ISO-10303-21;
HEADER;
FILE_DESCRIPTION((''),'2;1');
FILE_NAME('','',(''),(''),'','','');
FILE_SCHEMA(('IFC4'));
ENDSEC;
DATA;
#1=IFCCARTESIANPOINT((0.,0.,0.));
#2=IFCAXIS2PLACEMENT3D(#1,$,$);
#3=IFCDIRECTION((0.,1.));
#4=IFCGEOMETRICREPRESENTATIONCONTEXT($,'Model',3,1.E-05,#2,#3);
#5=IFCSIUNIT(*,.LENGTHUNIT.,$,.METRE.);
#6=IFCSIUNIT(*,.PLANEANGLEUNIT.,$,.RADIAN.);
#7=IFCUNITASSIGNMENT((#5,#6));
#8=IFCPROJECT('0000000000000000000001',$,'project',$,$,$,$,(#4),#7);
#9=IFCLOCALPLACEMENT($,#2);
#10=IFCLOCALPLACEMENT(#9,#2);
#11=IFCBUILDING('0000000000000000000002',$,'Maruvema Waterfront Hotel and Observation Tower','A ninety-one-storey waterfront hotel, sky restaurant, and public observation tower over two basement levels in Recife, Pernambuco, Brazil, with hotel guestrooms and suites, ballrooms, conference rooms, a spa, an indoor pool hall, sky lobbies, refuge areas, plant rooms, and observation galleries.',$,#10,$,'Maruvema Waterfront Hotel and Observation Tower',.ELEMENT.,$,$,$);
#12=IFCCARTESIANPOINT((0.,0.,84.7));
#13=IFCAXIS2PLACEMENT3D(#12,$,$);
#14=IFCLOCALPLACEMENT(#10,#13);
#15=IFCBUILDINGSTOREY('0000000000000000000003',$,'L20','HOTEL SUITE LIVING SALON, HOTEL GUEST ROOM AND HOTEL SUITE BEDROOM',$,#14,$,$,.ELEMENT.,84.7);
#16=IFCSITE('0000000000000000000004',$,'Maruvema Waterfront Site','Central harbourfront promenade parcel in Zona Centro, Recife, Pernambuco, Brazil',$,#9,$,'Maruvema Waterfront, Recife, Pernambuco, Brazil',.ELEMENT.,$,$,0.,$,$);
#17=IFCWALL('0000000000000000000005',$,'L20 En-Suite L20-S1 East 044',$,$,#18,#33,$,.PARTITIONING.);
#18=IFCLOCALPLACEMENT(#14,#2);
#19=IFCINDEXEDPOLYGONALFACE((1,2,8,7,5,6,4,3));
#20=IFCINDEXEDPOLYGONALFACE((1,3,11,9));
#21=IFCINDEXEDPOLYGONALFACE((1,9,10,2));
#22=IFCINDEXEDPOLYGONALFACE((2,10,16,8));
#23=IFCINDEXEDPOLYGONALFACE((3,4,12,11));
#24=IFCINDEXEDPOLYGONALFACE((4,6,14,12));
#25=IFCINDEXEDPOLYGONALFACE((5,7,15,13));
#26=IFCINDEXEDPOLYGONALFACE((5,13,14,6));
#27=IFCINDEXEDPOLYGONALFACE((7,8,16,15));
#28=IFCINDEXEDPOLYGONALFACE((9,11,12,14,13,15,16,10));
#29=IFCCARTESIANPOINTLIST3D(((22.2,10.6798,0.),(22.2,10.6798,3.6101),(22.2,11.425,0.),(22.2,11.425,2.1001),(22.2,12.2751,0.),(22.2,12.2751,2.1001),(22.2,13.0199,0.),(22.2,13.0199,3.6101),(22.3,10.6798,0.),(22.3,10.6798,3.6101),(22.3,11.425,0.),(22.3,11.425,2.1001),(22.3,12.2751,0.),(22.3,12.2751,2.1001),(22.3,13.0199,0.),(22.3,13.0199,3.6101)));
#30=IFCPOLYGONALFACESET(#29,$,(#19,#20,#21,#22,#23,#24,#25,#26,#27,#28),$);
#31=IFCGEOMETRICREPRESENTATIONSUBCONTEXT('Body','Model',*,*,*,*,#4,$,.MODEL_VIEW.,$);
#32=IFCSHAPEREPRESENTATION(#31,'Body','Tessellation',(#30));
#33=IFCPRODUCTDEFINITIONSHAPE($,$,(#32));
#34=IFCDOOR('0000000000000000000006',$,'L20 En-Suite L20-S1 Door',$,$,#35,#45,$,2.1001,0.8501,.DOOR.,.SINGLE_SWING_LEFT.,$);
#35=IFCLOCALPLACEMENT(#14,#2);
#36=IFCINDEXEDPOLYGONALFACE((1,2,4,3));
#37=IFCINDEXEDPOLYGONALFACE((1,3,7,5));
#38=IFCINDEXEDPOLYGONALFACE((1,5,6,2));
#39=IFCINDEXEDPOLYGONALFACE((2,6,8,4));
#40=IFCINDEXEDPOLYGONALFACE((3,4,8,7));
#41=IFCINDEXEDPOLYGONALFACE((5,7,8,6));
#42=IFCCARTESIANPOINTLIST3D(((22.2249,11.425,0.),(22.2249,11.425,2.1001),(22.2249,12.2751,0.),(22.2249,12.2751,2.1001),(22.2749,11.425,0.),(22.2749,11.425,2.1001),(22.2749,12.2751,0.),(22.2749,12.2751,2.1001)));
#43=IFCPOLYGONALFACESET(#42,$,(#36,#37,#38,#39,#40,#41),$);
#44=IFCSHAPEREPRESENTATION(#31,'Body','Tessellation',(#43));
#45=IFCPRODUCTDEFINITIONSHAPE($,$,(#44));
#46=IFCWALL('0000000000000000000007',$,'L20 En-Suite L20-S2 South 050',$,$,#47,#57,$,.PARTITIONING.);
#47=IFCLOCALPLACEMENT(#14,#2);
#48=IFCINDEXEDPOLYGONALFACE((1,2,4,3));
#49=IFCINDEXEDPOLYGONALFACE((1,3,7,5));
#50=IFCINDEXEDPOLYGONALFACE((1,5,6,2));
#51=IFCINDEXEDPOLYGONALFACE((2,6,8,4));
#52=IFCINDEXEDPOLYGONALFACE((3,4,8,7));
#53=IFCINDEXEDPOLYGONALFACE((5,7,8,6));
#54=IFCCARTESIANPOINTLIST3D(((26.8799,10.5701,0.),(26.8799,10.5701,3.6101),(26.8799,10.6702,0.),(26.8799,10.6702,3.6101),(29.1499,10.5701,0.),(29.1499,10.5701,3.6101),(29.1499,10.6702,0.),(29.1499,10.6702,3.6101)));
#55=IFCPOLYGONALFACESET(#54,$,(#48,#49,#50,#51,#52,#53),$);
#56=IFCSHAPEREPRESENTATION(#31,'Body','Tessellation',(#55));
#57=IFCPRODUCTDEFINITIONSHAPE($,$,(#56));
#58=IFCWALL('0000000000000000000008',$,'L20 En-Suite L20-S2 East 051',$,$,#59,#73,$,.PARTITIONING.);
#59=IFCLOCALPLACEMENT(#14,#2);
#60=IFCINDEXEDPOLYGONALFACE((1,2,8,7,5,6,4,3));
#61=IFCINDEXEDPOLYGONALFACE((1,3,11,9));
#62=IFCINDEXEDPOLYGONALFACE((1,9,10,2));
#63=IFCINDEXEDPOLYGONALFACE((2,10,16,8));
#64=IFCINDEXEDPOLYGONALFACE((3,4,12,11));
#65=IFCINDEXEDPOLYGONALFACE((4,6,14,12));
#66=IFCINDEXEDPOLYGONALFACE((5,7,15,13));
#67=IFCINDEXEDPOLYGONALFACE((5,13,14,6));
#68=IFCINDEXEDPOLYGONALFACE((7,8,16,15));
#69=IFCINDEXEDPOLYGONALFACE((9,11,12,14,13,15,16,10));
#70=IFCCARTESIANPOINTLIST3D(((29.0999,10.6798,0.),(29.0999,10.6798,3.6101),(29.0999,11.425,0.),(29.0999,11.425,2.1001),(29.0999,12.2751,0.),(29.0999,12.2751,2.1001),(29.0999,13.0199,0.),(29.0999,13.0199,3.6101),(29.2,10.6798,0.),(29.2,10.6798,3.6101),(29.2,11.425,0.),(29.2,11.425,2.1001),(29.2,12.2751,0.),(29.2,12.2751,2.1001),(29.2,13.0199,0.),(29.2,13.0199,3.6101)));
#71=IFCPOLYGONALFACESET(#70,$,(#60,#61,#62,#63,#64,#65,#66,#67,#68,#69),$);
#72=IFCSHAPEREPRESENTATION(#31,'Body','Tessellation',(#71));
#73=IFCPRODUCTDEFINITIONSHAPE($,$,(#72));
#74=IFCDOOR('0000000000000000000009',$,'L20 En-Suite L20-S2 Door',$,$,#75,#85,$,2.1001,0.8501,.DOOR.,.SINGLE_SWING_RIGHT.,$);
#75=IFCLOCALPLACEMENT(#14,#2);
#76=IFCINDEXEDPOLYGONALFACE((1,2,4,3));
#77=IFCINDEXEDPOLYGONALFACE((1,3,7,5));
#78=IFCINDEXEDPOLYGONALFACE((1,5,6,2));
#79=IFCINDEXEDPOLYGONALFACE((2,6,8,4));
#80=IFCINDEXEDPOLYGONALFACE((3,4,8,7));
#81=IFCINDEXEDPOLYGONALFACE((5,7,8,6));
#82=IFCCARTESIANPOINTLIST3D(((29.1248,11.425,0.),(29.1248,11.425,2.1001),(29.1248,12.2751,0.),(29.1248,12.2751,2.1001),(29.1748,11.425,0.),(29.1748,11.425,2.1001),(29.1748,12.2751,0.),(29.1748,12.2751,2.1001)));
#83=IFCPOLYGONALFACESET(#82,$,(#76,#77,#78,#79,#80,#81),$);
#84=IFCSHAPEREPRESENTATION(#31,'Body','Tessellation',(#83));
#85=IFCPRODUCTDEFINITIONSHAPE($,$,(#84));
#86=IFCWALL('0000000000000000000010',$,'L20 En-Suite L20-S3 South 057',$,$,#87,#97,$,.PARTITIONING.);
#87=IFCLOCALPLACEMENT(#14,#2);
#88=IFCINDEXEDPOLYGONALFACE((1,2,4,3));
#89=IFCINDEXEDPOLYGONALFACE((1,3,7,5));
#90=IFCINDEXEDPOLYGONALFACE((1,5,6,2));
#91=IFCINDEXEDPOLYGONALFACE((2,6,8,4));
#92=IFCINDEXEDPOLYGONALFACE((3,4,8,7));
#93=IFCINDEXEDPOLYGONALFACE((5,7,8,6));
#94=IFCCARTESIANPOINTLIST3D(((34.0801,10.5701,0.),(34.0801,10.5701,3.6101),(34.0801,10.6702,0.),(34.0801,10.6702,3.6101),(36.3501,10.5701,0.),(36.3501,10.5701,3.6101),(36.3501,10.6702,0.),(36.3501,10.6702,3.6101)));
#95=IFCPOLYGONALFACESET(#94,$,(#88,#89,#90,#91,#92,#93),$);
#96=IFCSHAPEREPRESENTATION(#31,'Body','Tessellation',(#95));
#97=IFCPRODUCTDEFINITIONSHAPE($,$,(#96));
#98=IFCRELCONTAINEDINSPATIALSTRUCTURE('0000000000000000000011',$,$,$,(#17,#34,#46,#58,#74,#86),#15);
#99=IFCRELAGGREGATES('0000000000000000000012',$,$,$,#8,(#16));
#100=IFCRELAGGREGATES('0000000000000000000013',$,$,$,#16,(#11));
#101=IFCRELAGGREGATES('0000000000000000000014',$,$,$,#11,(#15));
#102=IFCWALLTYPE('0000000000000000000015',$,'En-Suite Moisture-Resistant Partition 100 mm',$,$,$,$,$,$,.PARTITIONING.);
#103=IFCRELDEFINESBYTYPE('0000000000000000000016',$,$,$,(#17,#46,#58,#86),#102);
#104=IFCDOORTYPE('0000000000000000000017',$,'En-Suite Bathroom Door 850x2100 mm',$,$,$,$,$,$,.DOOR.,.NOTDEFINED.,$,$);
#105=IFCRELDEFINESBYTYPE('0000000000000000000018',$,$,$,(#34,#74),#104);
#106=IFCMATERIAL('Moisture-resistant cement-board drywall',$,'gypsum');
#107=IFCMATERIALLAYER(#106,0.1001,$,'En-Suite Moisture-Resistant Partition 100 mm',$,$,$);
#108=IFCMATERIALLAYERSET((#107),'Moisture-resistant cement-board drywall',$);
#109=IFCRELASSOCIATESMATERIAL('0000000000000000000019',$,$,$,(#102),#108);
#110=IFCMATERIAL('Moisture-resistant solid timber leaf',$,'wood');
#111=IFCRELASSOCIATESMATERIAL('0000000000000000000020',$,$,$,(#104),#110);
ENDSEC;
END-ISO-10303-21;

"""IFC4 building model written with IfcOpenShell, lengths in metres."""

from ifc_helpers import new_model, si_unit, direction, frame, frame_2d, origin, place, context, subcontext, project, spatial, rectangle, extrude, material, layer, layer_set, type_object, element, fill, save


model = new_model("IFC4")

# Units and contexts
model_context = context("Model", 3, precision=1e-05, world=origin(), true_north=direction((0.0, 1.0)))
body_context = subcontext(model_context, "Body", "Model", "MODEL_VIEW")
ifc_project = project(units=[si_unit("LENGTHUNIT", "METRE"), si_unit("PLANEANGLEUNIT", "RADIAN")], contexts=[model_context])

# Site, building, storey
site_placement = place(None, origin())
site = spatial("IfcSite", under=ifc_project, at=site_placement, Name="Maruvema Waterfront Site", Description="Central harbourfront promenade parcel in Zona Centro, Recife, Pernambuco, Brazil", LongName="Maruvema Waterfront, Recife, Pernambuco, Brazil", CompositionType="ELEMENT", RefElevation=0.0)
building_placement = place(site_placement, origin())
building = spatial("IfcBuilding", under=site, at=building_placement, Name="Maruvema Waterfront Hotel and Observation Tower", Description="A ninety-one-storey waterfront hotel, sky restaurant, and public observation tower over two basement levels in Recife, Pernambuco, Brazil, with hotel guestrooms and suites, ballrooms, conference rooms, a spa, an indoor pool hall, sky lobbies, refuge areas, plant rooms, and observation galleries.", LongName="Maruvema Waterfront Hotel and Observation Tower", CompositionType="ELEMENT")
storey_placement = place(building_placement, frame((0.0, 0.0, 84.7)))
storey = spatial("IfcBuildingStorey", under=building, at=storey_placement, Name="L20", Description="HOTEL SUITE LIVING SALON, HOTEL GUEST ROOM AND HOTEL SUITE BEDROOM", CompositionType="ELEMENT", Elevation=84.7)

# Shared definitions
ifc_material_1 = material(Name="Moisture-resistant cement-board drywall", Category="gypsum")
ifc_layer_1 = layer(ifc_material_1, 0.1001, Name="En-Suite Moisture-Resistant Partition 100 mm")
ifc_layer_set_1 = layer_set([ifc_layer_1], Name="Moisture-resistant cement-board drywall")
wall_type_1 = type_object("IfcWallType", Name="En-Suite Moisture-Resistant Partition 100 mm", PredefinedType="PARTITIONING", material=ifc_layer_set_1)

# Wall, opening, door
wall_1_placement = place(storey_placement, frame((22.25, 10.6799, 0.0), z_axis=(0.0, 0.0, 1.0), x_axis=(0.0, 1.0, 0.0)))
wall_1 = element("IfcWall", 1, at=wall_1_placement, inside=storey, type_object=wall_type_1, Name="L20 En-Suite L20-S1 East 044", PredefinedType="PARTITIONING", context=body_context, shape_type="SweptSolid", body=[
    extrude(rectangle(XDim=2.3401, YDim=0.1001, at=frame_2d((1.1699, 0.0))), origin(), (0.0, 0.0, 1.0), 3.6101),
])
opening_1_placement = place(wall_1_placement, frame((0.7451, 0.0, 0.0)))
opening_1 = element("IfcOpeningElement", 2, at=opening_1_placement, cuts=wall_1, PredefinedType="OPENING", context=body_context, shape_type="SweptSolid", body=[
    extrude(rectangle(XDim=0.8501, YDim=2.1001, at=frame_2d((0.425, 1.05))), frame((0.0, 0.0601, 0.0), z_axis=(0.0, -1.0, 0.0), x_axis=(1.0, 0.0, 0.0)), (0.0, 0.0, 1.0), 0.1201),
])
ifc_material_2 = material(Name="Moisture-resistant solid timber leaf", Category="wood")
door_type_1 = type_object("IfcDoorType", Name="En-Suite Bathroom Door 850x2100 mm", OperationType="NOTDEFINED", PredefinedType="DOOR", material=ifc_material_2)
door_1_placement = place(opening_1_placement, frame((0.8501, 0.0, 0.0), z_axis=(0.0, 0.0, 1.0), x_axis=(-1.0, 0.0, 0.0)))
door_1 = element("IfcDoor", 3, at=door_1_placement, inside=storey, type_object=door_type_1, Name="L20 En-Suite L20-S1 Door", OperationType="SINGLE_SWING_LEFT", OverallHeight=2.1001, OverallWidth=0.8501, PredefinedType="DOOR", context=body_context, shape_type="SweptSolid", body=[
    extrude(rectangle(XDim=0.8501, YDim=2.1001, at=frame_2d((0.425, 1.05))), frame((0.0, 0.0249, 0.0), z_axis=(0.0, -1.0, 0.0), x_axis=(1.0, 0.0, 0.0)), (0.0, 0.0, 1.0), 0.05),
])
fill(opening_1, door_1)

# Wall
wall_2_placement = place(storey_placement, frame((26.8799, 10.6201, 0.0), z_axis=(0.0, 0.0, 1.0), x_axis=(1.0, 0.0, 0.0)))
element("IfcWall", 4, at=wall_2_placement, inside=storey, type_object=wall_type_1, Name="L20 En-Suite L20-S2 South 050", PredefinedType="PARTITIONING", context=body_context, shape_type="SweptSolid", body=[
    extrude(rectangle(XDim=2.27, YDim=0.1001, at=frame_2d((1.135, 0.0))), origin(), (0.0, 0.0, 1.0), 3.6101),
])

# Wall, opening, door
wall_3_placement = place(storey_placement, frame((29.1499, 10.6799, 0.0), z_axis=(0.0, 0.0, 1.0), x_axis=(0.0, 1.0, 0.0)))
wall_3 = element("IfcWall", 5, at=wall_3_placement, inside=storey, type_object=wall_type_1, Name="L20 En-Suite L20-S2 East 051", PredefinedType="PARTITIONING", context=body_context, shape_type="SweptSolid", body=[
    extrude(rectangle(XDim=2.3401, YDim=0.1001, at=frame_2d((1.1699, 0.0))), origin(), (0.0, 0.0, 1.0), 3.6101),
])
opening_2_placement = place(wall_3_placement, frame((0.7451, 0.0, 0.0)))
opening_2 = element("IfcOpeningElement", 6, at=opening_2_placement, cuts=wall_3, PredefinedType="OPENING", context=body_context, shape_type="SweptSolid", body=[
    extrude(rectangle(XDim=0.8501, YDim=2.1001, at=frame_2d((0.425, 1.05))), frame((0.0, 0.0601, 0.0), z_axis=(0.0, -1.0, 0.0), x_axis=(1.0, 0.0, 0.0)), (0.0, 0.0, 1.0), 0.1201),
])
door_2_placement = place(opening_2_placement, frame((0.8501, 0.0, 0.0), z_axis=(0.0, 0.0, 1.0), x_axis=(-1.0, 0.0, 0.0)))
door_2 = element("IfcDoor", 7, at=door_2_placement, inside=storey, type_object=door_type_1, Name="L20 En-Suite L20-S2 Door", OperationType="SINGLE_SWING_RIGHT", OverallHeight=2.1001, OverallWidth=0.8501, PredefinedType="DOOR", context=body_context, shape_type="SweptSolid", body=[
    extrude(rectangle(XDim=0.8501, YDim=2.1001, at=frame_2d((0.425, 1.05))), frame((0.0, 0.0249, 0.0), z_axis=(0.0, -1.0, 0.0), x_axis=(1.0, 0.0, 0.0)), (0.0, 0.0, 1.0), 0.05),
])
fill(opening_2, door_2)

# Wall
wall_4_placement = place(storey_placement, frame((34.0801, 10.6201, 0.0), z_axis=(0.0, 0.0, 1.0), x_axis=(1.0, 0.0, 0.0)))
element("IfcWall", 8, at=wall_4_placement, inside=storey, type_object=wall_type_1, Name="L20 En-Suite L20-S3 South 057", PredefinedType="PARTITIONING", context=body_context, shape_type="SweptSolid", body=[
    extrude(rectangle(XDim=2.27, YDim=0.1001, at=frame_2d((1.135, 0.0))), origin(), (0.0, 0.0, 1.0), 3.6101),
])

save(model, "model.ifc")
